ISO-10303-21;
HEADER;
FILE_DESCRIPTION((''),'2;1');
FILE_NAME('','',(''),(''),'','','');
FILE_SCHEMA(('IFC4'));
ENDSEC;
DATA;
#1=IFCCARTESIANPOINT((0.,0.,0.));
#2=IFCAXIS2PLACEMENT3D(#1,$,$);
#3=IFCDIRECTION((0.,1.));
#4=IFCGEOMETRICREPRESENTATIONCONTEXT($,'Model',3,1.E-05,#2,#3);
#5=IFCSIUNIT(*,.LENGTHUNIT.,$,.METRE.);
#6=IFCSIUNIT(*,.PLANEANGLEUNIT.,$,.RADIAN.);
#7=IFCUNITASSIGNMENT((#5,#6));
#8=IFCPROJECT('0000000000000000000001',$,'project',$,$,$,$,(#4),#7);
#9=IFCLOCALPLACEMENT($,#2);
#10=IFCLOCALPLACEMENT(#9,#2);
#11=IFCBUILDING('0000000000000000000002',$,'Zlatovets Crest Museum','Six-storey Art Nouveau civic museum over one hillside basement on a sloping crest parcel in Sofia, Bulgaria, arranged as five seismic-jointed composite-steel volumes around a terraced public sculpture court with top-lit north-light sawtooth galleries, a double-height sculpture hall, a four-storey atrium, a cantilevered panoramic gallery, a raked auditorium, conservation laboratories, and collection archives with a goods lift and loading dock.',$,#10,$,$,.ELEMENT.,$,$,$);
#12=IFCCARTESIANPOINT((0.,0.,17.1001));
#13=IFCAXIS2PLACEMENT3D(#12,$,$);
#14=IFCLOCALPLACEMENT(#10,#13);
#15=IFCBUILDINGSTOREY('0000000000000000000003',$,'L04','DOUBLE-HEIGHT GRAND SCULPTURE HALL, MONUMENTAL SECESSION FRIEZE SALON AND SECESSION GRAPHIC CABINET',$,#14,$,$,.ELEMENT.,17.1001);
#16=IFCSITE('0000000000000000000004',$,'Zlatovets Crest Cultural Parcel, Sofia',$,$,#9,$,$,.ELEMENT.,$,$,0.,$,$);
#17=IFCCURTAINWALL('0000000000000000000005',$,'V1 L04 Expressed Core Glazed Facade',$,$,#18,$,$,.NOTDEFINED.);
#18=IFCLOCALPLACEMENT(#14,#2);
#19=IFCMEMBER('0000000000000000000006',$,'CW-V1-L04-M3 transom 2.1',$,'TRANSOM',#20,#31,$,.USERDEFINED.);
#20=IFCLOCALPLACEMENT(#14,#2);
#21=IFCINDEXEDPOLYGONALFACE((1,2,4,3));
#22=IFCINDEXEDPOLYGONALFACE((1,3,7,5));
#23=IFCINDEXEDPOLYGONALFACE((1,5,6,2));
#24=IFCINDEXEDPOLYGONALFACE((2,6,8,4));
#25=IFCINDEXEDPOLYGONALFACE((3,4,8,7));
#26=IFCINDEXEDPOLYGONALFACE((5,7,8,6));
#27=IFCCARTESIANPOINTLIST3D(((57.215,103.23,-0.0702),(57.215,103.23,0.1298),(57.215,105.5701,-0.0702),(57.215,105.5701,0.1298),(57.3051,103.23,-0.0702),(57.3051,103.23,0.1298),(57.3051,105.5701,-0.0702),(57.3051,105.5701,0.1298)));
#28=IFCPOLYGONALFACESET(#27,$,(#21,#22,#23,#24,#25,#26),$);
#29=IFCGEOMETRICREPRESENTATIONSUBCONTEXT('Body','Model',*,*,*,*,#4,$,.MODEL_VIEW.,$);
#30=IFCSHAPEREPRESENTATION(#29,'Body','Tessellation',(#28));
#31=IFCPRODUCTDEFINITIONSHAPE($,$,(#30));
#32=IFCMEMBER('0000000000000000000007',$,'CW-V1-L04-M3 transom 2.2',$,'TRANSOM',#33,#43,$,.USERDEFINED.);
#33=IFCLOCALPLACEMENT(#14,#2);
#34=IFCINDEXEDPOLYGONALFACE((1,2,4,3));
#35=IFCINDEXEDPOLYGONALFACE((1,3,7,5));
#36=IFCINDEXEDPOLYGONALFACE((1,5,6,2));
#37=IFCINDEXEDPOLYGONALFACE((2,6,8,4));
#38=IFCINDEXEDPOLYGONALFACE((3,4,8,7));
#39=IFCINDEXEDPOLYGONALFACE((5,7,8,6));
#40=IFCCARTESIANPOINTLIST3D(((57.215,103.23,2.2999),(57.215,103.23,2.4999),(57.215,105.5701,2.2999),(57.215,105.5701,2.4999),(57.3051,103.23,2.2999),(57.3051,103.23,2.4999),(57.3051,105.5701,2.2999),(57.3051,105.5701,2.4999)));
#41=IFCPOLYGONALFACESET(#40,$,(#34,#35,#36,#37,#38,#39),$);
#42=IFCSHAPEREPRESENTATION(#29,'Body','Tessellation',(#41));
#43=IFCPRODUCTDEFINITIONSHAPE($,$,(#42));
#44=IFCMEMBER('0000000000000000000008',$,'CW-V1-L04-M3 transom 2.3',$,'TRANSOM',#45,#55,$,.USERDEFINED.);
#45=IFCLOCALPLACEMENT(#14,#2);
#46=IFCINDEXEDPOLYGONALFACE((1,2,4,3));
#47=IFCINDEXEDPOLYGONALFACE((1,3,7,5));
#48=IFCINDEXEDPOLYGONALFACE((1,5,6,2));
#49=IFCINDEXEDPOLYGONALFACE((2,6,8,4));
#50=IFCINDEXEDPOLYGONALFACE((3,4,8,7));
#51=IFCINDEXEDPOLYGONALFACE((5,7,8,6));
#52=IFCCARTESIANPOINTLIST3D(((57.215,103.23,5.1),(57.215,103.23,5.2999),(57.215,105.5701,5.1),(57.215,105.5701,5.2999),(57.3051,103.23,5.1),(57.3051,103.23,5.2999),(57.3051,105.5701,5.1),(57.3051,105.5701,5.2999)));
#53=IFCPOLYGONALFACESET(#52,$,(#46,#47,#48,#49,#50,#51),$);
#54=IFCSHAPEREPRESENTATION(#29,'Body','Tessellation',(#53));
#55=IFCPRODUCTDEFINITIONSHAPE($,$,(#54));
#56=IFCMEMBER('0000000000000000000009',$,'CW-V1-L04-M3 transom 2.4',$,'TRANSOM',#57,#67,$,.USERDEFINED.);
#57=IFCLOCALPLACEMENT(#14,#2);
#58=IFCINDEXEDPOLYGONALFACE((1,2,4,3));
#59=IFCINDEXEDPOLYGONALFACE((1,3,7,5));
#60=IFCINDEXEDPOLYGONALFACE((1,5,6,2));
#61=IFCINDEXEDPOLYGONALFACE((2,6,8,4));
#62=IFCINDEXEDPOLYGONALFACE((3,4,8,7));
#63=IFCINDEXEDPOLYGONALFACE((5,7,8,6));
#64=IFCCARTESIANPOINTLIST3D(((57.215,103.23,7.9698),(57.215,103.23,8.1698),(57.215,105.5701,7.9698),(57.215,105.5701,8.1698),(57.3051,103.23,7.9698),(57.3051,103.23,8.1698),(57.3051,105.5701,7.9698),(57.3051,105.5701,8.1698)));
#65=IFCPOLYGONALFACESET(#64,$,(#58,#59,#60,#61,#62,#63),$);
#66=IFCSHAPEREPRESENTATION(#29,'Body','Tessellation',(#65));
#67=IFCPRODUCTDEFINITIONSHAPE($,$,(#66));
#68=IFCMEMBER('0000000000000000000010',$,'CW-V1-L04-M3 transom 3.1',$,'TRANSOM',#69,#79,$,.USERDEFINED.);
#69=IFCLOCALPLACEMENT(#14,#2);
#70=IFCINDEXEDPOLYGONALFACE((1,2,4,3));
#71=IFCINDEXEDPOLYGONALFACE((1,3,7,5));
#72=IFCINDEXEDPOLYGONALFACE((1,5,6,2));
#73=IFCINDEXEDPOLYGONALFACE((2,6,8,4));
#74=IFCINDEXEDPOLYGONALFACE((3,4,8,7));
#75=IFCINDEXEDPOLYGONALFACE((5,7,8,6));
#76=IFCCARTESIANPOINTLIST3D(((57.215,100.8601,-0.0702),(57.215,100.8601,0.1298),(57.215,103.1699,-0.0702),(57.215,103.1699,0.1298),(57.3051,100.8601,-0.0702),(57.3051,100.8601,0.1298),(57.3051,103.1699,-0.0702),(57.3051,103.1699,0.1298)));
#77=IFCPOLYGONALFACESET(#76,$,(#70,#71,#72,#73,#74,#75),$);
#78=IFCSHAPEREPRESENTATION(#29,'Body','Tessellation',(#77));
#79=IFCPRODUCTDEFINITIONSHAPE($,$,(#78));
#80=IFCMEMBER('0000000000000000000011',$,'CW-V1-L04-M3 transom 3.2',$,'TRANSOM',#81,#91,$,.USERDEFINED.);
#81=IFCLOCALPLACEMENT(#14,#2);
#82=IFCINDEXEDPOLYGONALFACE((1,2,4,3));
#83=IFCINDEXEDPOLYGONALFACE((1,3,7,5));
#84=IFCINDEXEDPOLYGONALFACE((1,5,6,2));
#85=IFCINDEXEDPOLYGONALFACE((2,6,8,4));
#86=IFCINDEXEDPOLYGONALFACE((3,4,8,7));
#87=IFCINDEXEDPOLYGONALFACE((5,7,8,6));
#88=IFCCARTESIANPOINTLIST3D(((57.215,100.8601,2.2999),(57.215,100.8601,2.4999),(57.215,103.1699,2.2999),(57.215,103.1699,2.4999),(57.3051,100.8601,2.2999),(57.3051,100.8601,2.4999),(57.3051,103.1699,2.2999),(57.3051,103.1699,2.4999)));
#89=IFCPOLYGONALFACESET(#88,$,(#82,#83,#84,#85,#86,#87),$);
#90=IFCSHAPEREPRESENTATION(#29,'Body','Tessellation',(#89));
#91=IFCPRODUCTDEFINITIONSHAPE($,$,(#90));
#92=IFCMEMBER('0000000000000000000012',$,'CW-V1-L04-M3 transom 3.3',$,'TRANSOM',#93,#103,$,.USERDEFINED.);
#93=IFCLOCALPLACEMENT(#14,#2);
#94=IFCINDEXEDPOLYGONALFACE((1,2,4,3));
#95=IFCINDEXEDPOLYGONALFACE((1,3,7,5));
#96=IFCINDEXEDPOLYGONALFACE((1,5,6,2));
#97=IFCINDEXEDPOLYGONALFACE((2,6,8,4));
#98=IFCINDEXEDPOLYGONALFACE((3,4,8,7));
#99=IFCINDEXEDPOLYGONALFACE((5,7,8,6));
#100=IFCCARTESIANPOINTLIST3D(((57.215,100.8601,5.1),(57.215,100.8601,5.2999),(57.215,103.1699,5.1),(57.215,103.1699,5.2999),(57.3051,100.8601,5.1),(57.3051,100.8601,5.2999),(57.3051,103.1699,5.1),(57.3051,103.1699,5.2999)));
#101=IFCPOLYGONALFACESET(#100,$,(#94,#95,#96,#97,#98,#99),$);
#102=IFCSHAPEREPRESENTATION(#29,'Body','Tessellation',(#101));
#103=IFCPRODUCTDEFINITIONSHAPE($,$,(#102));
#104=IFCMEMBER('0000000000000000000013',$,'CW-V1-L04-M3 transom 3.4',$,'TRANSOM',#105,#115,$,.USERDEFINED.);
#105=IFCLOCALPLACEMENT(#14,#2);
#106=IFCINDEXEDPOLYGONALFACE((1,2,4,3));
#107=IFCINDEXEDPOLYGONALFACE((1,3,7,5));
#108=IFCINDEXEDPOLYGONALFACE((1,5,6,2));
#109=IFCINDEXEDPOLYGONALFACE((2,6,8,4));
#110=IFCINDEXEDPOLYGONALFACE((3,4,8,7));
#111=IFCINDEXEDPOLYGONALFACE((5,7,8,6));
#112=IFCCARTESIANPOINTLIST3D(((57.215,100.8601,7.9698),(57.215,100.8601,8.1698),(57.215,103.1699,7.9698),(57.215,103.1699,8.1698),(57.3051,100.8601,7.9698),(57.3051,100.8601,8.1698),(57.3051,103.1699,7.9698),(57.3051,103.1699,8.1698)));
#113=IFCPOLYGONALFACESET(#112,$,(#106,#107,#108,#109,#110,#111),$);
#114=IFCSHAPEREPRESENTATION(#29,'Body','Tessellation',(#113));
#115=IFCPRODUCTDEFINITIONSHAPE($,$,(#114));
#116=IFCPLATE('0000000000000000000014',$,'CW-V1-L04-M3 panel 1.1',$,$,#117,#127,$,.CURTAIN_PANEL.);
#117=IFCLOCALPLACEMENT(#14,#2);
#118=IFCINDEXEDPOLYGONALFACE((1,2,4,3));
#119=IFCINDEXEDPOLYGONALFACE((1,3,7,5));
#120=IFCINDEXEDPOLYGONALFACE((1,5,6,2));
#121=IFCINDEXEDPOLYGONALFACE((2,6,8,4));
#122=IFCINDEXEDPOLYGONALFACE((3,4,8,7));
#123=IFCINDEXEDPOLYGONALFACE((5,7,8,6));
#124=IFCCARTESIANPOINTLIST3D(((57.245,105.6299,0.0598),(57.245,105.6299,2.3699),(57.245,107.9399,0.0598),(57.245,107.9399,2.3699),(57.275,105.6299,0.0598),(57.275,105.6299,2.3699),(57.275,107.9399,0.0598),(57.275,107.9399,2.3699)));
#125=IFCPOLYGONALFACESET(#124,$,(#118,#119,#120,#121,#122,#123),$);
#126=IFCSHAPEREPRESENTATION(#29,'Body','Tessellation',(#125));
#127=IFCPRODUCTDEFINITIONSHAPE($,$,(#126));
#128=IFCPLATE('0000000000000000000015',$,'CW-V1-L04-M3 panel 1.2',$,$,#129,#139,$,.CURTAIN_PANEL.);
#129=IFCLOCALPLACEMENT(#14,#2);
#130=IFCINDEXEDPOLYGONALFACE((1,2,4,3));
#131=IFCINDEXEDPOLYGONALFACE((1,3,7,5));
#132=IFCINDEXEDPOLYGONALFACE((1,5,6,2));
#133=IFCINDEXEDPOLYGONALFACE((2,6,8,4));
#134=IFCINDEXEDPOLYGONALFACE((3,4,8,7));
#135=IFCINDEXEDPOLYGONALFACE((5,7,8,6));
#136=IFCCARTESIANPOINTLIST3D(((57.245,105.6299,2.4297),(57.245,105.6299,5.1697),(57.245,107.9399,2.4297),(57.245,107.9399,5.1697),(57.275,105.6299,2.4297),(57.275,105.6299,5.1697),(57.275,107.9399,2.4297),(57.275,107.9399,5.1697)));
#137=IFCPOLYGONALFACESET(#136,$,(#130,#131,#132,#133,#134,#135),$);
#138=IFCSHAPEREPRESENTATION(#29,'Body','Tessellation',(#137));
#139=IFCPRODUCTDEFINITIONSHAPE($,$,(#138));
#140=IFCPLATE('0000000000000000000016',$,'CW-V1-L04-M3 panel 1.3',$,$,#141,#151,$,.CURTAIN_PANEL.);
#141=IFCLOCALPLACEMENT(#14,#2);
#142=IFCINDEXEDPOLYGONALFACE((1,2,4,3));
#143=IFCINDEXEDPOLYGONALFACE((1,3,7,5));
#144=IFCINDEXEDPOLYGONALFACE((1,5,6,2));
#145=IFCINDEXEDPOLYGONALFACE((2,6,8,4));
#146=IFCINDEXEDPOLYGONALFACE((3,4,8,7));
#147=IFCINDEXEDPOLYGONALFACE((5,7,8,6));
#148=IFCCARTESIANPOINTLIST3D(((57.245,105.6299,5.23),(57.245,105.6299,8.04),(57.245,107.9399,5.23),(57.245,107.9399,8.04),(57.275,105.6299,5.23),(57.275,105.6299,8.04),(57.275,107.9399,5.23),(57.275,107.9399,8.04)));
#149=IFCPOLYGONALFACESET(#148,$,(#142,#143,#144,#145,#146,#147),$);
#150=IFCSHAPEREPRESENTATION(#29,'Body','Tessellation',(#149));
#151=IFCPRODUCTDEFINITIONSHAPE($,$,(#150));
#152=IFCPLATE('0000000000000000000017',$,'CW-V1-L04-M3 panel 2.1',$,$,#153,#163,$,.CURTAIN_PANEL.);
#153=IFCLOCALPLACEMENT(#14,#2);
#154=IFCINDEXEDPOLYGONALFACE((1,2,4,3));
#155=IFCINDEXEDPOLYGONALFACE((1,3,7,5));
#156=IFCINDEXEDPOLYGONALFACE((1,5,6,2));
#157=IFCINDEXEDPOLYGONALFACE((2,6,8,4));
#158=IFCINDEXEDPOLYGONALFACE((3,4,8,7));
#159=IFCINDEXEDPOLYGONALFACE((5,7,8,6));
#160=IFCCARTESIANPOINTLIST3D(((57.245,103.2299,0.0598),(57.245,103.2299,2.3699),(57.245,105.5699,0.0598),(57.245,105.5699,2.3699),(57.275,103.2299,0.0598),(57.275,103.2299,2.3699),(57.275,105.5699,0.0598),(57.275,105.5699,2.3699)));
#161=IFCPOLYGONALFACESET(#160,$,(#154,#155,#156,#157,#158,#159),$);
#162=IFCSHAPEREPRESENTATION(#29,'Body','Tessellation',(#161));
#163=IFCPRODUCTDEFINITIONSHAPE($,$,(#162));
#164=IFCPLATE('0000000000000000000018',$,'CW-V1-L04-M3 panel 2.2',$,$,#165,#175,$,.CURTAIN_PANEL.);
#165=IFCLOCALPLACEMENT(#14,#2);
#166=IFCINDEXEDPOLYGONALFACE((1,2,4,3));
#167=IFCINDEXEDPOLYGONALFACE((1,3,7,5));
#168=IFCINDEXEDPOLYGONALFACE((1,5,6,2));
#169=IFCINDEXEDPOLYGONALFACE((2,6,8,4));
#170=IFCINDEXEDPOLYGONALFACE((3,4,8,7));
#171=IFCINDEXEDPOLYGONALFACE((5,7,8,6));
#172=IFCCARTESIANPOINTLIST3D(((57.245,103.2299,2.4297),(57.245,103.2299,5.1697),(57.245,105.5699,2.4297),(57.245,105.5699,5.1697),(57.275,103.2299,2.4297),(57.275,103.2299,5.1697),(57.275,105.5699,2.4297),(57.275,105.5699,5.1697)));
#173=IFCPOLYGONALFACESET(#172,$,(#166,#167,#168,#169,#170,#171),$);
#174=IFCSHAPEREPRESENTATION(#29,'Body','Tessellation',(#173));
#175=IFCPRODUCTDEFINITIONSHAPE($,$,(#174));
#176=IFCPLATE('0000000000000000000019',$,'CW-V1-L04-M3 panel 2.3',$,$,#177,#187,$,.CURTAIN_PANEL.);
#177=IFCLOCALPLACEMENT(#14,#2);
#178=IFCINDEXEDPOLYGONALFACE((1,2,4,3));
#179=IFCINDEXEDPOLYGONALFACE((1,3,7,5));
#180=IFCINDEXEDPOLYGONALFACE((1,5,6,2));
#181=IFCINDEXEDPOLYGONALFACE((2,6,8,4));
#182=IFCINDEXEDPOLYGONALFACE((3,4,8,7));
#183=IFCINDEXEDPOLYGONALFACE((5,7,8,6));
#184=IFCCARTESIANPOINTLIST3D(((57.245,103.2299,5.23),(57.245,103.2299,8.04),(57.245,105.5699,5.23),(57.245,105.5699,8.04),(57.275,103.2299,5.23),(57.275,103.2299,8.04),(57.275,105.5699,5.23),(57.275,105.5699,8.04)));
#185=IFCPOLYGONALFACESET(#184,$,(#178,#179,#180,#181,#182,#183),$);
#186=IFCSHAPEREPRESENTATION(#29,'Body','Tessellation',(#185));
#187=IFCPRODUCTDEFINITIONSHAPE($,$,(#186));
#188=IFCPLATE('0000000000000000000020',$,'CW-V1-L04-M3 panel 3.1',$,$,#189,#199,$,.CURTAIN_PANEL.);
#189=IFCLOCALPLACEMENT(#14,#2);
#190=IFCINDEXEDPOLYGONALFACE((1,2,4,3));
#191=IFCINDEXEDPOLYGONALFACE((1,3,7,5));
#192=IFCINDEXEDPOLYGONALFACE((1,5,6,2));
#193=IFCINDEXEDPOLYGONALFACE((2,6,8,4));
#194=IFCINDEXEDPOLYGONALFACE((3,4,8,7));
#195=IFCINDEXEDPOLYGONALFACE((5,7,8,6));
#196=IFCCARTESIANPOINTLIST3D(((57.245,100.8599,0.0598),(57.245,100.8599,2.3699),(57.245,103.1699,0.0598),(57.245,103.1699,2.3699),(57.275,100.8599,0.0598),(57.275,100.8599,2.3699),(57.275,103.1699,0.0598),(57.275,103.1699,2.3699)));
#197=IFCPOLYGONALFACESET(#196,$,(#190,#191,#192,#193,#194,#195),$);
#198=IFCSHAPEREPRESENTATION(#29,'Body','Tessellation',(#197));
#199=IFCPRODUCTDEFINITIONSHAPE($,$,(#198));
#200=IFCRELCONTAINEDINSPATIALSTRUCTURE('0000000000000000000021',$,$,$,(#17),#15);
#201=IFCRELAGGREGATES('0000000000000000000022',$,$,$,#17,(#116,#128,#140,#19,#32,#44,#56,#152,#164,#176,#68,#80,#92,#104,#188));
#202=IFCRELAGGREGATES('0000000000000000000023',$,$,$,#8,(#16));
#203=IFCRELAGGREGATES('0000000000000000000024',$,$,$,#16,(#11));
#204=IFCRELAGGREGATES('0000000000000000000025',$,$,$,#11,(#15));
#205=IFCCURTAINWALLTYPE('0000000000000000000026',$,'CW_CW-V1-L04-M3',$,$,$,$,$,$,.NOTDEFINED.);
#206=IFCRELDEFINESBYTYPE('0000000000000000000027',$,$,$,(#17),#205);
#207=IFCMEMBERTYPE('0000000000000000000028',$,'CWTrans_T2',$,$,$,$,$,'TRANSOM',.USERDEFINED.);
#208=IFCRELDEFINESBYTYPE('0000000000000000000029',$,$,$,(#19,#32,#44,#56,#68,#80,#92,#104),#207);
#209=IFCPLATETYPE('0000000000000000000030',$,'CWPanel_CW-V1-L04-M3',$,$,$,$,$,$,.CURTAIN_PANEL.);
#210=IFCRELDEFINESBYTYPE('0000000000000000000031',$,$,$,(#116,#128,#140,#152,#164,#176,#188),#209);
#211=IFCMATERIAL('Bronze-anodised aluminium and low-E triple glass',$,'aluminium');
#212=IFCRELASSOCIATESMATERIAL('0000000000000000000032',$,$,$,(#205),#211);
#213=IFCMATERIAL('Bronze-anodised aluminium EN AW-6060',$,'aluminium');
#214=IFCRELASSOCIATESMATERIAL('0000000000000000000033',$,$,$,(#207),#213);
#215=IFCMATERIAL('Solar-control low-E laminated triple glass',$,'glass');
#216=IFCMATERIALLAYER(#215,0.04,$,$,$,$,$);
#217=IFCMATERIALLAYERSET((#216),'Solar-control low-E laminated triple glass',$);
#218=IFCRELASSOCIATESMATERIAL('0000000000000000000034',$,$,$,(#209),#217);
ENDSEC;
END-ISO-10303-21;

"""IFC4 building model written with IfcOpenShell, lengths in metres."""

from ifc_helpers import new_model, si_unit, direction, frame, origin, origin_2d, place, context, subcontext, project, spatial, rectangle, extrude, material, layer, layer_set, material_profile, profile_set, type_object, element, aggregate, save


model = new_model("IFC4")

# Units and contexts
model_context = context("Model", 3, precision=1e-05, world=origin(), true_north=direction((0.0, 1.0)))
body_context = subcontext(model_context, "Body", "Model", "MODEL_VIEW")
ifc_project = project(units=[si_unit("LENGTHUNIT", "METRE"), si_unit("PLANEANGLEUNIT", "RADIAN")], contexts=[model_context])

# Site, building, storey
site_placement = place(None, origin())
site = spatial("IfcSite", under=ifc_project, at=site_placement, Name="Zlatovets Crest Cultural Parcel, Sofia", CompositionType="ELEMENT", RefElevation=0.0)
building_placement = place(site_placement, origin())
building = spatial("IfcBuilding", under=site, at=building_placement, Name="Zlatovets Crest Museum", Description="Six-storey Art Nouveau civic museum over one hillside basement on a sloping crest parcel in Sofia, Bulgaria, arranged as five seismic-jointed composite-steel volumes around a terraced public sculpture court with top-lit north-light sawtooth galleries, a double-height sculpture hall, a four-storey atrium, a cantilevered panoramic gallery, a raked auditorium, conservation laboratories, and collection archives with a goods lift and loading dock.", CompositionType="ELEMENT")
storey_placement = place(building_placement, frame((0.0, 0.0, 17.1001)))
storey = spatial("IfcBuildingStorey", under=building, at=storey_placement, Name="L04", Description="DOUBLE-HEIGHT GRAND SCULPTURE HALL, MONUMENTAL SECESSION FRIEZE SALON AND SECESSION GRAPHIC CABINET", CompositionType="ELEMENT", Elevation=17.1001)

# Curtain wall, members, plates
ifc_material_1 = material(Name="Bronze-anodised aluminium and low-E triple glass", Category="aluminium")
curtain_wall_type = type_object("IfcCurtainWallType", Name="CW_CW-V1-L04-M3", PredefinedType="NOTDEFINED", material=ifc_material_1)
curtain_wall_placement = place(storey_placement, origin())
curtain_wall = element("IfcCurtainWall", 1, at=curtain_wall_placement, inside=storey, type_object=curtain_wall_type, Name="V1 L04 Expressed Core Glazed Facade", PredefinedType="NOTDEFINED")
ifc_material_2 = material(Name="Bronze-anodised aluminium EN AW-6060", Category="aluminium")
ifc_material_profile_1 = material_profile(ifc_material_2, rectangle(XDim=0.0901, YDim=0.2, at=origin_2d()), Name="ALU 90x200")
ifc_profile_set_1 = profile_set([ifc_material_profile_1], Name="Bronze-anodised aluminium EN AW-6060")
member_type_1 = type_object("IfcMemberType", Name="CWTrans_T2", ElementType="TRANSOM", PredefinedType="USERDEFINED", material=ifc_profile_set_1)
member_1_placement = place(storey_placement, frame((57.26, 105.5701, 0.0298), z_axis=(0.0, -1.0, 0.0), x_axis=(1.0, 0.0, 0.0)))
member_1 = element("IfcMember", 2, at=member_1_placement, type_object=member_type_1, Name="CW-V1-L04-M3 transom 2.1", ObjectType="TRANSOM", PredefinedType="USERDEFINED", context=body_context, shape_type="SweptSolid", body=[
    extrude(rectangle(XDim=0.0901, YDim=0.2, at=origin_2d()), origin(), (0.0, 0.0, 1.0), 2.3401),
])
member_2_placement = place(storey_placement, frame((57.26, 105.5701, 2.3999), z_axis=(0.0, -1.0, 0.0), x_axis=(1.0, 0.0, 0.0)))
member_2 = element("IfcMember", 3, at=member_2_placement, type_object=member_type_1, Name="CW-V1-L04-M3 transom 2.2", ObjectType="TRANSOM", PredefinedType="USERDEFINED", context=body_context, shape_type="SweptSolid", body=[
    extrude(rectangle(XDim=0.0901, YDim=0.2, at=origin_2d()), origin(), (0.0, 0.0, 1.0), 2.3401),
])
member_3_placement = place(storey_placement, frame((57.26, 105.5701, 5.2), z_axis=(0.0, -1.0, 0.0), x_axis=(1.0, 0.0, 0.0)))
member_3 = element("IfcMember", 4, at=member_3_placement, type_object=member_type_1, Name="CW-V1-L04-M3 transom 2.3", ObjectType="TRANSOM", PredefinedType="USERDEFINED", context=body_context, shape_type="SweptSolid", body=[
    extrude(rectangle(XDim=0.0901, YDim=0.2, at=origin_2d()), origin(), (0.0, 0.0, 1.0), 2.3401),
])
member_4_placement = place(storey_placement, frame((57.26, 105.5701, 8.0698), z_axis=(0.0, -1.0, 0.0), x_axis=(1.0, 0.0, 0.0)))
member_4 = element("IfcMember", 5, at=member_4_placement, type_object=member_type_1, Name="CW-V1-L04-M3 transom 2.4", ObjectType="TRANSOM", PredefinedType="USERDEFINED", context=body_context, shape_type="SweptSolid", body=[
    extrude(rectangle(XDim=0.0901, YDim=0.2, at=origin_2d()), origin(), (0.0, 0.0, 1.0), 2.3401),
])
member_5_placement = place(storey_placement, frame((57.26, 103.1699, 0.0298), z_axis=(0.0, -1.0, 0.0), x_axis=(1.0, 0.0, 0.0)))
member_5 = element("IfcMember", 6, at=member_5_placement, type_object=member_type_1, Name="CW-V1-L04-M3 transom 3.1", ObjectType="TRANSOM", PredefinedType="USERDEFINED", context=body_context, shape_type="SweptSolid", body=[
    extrude(rectangle(XDim=0.0901, YDim=0.2, at=origin_2d()), origin(), (0.0, 0.0, 1.0), 2.3098),
])
member_6_placement = place(storey_placement, frame((57.26, 103.1699, 2.3999), z_axis=(0.0, -1.0, 0.0), x_axis=(1.0, 0.0, 0.0)))
member_6 = element("IfcMember", 7, at=member_6_placement, type_object=member_type_1, Name="CW-V1-L04-M3 transom 3.2", ObjectType="TRANSOM", PredefinedType="USERDEFINED", context=body_context, shape_type="SweptSolid", body=[
    extrude(rectangle(XDim=0.0901, YDim=0.2, at=origin_2d()), origin(), (0.0, 0.0, 1.0), 2.3098),
])
member_7_placement = place(storey_placement, frame((57.26, 103.1699, 5.2), z_axis=(0.0, -1.0, 0.0), x_axis=(1.0, 0.0, 0.0)))
member_7 = element("IfcMember", 8, at=member_7_placement, type_object=member_type_1, Name="CW-V1-L04-M3 transom 3.3", ObjectType="TRANSOM", PredefinedType="USERDEFINED", context=body_context, shape_type="SweptSolid", body=[
    extrude(rectangle(XDim=0.0901, YDim=0.2, at=origin_2d()), origin(), (0.0, 0.0, 1.0), 2.3098),
])
member_8_placement = place(storey_placement, frame((57.26, 103.1699, 8.0698), z_axis=(0.0, -1.0, 0.0), x_axis=(1.0, 0.0, 0.0)))
member_8 = element("IfcMember", 9, at=member_8_placement, type_object=member_type_1, Name="CW-V1-L04-M3 transom 3.4", ObjectType="TRANSOM", PredefinedType="USERDEFINED", context=body_context, shape_type="SweptSolid", body=[
    extrude(rectangle(XDim=0.0901, YDim=0.2, at=origin_2d()), origin(), (0.0, 0.0, 1.0), 2.3098),
])
ifc_material_3 = material(Name="Solar-control low-E laminated triple glass", Category="glass")
ifc_layer = layer(ifc_material_3, 0.04)
ifc_layer_set = layer_set([ifc_layer], Name="Solar-control low-E laminated triple glass")
plate_type = type_object("IfcPlateType", Name="CWPanel_CW-V1-L04-M3", PredefinedType="CURTAIN_PANEL", material=ifc_layer_set)
plate_1_placement = place(storey_placement, frame((57.26, 106.7849, 0.0598), z_axis=(0.0, 0.0, 1.0), x_axis=(0.0, -1.0, 0.0)))
plate_1 = element("IfcPlate", 10, at=plate_1_placement, type_object=plate_type, Name="CW-V1-L04-M3 panel 1.1", PredefinedType="CURTAIN_PANEL", context=body_context, shape_type="SweptSolid", body=[
    extrude(rectangle(XDim=2.3101, YDim=0.03, at=origin_2d()), origin(), (0.0, 0.0, 1.0), 2.3101),
])
plate_2_placement = place(storey_placement, frame((57.26, 106.7849, 2.4297), z_axis=(0.0, 0.0, 1.0), x_axis=(0.0, -1.0, 0.0)))
plate_2 = element("IfcPlate", 11, at=plate_2_placement, type_object=plate_type, Name="CW-V1-L04-M3 panel 1.2", PredefinedType="CURTAIN_PANEL", context=body_context, shape_type="SweptSolid", body=[
    extrude(rectangle(XDim=2.3101, YDim=0.03, at=origin_2d()), origin(), (0.0, 0.0, 1.0), 2.74),
])
plate_3_placement = place(storey_placement, frame((57.26, 106.7849, 5.23), z_axis=(0.0, 0.0, 1.0), x_axis=(0.0, -1.0, 0.0)))
plate_3 = element("IfcPlate", 12, at=plate_3_placement, type_object=plate_type, Name="CW-V1-L04-M3 panel 1.3", PredefinedType="CURTAIN_PANEL", context=body_context, shape_type="SweptSolid", body=[
    extrude(rectangle(XDim=2.3101, YDim=0.03, at=origin_2d()), origin(), (0.0, 0.0, 1.0), 2.8101),
])
plate_4_placement = place(storey_placement, frame((57.26, 104.3999, 0.0598), z_axis=(0.0, 0.0, 1.0), x_axis=(0.0, -1.0, 0.0)))
plate_4 = element("IfcPlate", 13, at=plate_4_placement, type_object=plate_type, Name="CW-V1-L04-M3 panel 2.1", PredefinedType="CURTAIN_PANEL", context=body_context, shape_type="SweptSolid", body=[
    extrude(rectangle(XDim=2.3401, YDim=0.03, at=origin_2d()), origin(), (0.0, 0.0, 1.0), 2.3101),
])
plate_5_placement = place(storey_placement, frame((57.26, 104.3999, 2.4297), z_axis=(0.0, 0.0, 1.0), x_axis=(0.0, -1.0, 0.0)))
plate_5 = element("IfcPlate", 14, at=plate_5_placement, type_object=plate_type, Name="CW-V1-L04-M3 panel 2.2", PredefinedType="CURTAIN_PANEL", context=body_context, shape_type="SweptSolid", body=[
    extrude(rectangle(XDim=2.3401, YDim=0.03, at=origin_2d()), origin(), (0.0, 0.0, 1.0), 2.74),
])
plate_6_placement = place(storey_placement, frame((57.26, 104.3999, 5.23), z_axis=(0.0, 0.0, 1.0), x_axis=(0.0, -1.0, 0.0)))
plate_6 = element("IfcPlate", 15, at=plate_6_placement, type_object=plate_type, Name="CW-V1-L04-M3 panel 2.3", PredefinedType="CURTAIN_PANEL", context=body_context, shape_type="SweptSolid", body=[
    extrude(rectangle(XDim=2.3401, YDim=0.03, at=origin_2d()), origin(), (0.0, 0.0, 1.0), 2.8101),
])
plate_7_placement = place(storey_placement, frame((57.26, 102.0149, 0.0598), z_axis=(0.0, 0.0, 1.0), x_axis=(0.0, -1.0, 0.0)))
plate_7 = element("IfcPlate", 16, at=plate_7_placement, type_object=plate_type, Name="CW-V1-L04-M3 panel 3.1", PredefinedType="CURTAIN_PANEL", context=body_context, shape_type="SweptSolid", body=[
    extrude(rectangle(XDim=2.3101, YDim=0.03, at=origin_2d()), origin(), (0.0, 0.0, 1.0), 2.3101),
])
aggregate(curtain_wall, [plate_1, plate_2, plate_3, member_1, member_2, member_3, member_4, plate_4, plate_5, plate_6, member_5, member_6, member_7, member_8, plate_7])

save(model, "model.ifc")
